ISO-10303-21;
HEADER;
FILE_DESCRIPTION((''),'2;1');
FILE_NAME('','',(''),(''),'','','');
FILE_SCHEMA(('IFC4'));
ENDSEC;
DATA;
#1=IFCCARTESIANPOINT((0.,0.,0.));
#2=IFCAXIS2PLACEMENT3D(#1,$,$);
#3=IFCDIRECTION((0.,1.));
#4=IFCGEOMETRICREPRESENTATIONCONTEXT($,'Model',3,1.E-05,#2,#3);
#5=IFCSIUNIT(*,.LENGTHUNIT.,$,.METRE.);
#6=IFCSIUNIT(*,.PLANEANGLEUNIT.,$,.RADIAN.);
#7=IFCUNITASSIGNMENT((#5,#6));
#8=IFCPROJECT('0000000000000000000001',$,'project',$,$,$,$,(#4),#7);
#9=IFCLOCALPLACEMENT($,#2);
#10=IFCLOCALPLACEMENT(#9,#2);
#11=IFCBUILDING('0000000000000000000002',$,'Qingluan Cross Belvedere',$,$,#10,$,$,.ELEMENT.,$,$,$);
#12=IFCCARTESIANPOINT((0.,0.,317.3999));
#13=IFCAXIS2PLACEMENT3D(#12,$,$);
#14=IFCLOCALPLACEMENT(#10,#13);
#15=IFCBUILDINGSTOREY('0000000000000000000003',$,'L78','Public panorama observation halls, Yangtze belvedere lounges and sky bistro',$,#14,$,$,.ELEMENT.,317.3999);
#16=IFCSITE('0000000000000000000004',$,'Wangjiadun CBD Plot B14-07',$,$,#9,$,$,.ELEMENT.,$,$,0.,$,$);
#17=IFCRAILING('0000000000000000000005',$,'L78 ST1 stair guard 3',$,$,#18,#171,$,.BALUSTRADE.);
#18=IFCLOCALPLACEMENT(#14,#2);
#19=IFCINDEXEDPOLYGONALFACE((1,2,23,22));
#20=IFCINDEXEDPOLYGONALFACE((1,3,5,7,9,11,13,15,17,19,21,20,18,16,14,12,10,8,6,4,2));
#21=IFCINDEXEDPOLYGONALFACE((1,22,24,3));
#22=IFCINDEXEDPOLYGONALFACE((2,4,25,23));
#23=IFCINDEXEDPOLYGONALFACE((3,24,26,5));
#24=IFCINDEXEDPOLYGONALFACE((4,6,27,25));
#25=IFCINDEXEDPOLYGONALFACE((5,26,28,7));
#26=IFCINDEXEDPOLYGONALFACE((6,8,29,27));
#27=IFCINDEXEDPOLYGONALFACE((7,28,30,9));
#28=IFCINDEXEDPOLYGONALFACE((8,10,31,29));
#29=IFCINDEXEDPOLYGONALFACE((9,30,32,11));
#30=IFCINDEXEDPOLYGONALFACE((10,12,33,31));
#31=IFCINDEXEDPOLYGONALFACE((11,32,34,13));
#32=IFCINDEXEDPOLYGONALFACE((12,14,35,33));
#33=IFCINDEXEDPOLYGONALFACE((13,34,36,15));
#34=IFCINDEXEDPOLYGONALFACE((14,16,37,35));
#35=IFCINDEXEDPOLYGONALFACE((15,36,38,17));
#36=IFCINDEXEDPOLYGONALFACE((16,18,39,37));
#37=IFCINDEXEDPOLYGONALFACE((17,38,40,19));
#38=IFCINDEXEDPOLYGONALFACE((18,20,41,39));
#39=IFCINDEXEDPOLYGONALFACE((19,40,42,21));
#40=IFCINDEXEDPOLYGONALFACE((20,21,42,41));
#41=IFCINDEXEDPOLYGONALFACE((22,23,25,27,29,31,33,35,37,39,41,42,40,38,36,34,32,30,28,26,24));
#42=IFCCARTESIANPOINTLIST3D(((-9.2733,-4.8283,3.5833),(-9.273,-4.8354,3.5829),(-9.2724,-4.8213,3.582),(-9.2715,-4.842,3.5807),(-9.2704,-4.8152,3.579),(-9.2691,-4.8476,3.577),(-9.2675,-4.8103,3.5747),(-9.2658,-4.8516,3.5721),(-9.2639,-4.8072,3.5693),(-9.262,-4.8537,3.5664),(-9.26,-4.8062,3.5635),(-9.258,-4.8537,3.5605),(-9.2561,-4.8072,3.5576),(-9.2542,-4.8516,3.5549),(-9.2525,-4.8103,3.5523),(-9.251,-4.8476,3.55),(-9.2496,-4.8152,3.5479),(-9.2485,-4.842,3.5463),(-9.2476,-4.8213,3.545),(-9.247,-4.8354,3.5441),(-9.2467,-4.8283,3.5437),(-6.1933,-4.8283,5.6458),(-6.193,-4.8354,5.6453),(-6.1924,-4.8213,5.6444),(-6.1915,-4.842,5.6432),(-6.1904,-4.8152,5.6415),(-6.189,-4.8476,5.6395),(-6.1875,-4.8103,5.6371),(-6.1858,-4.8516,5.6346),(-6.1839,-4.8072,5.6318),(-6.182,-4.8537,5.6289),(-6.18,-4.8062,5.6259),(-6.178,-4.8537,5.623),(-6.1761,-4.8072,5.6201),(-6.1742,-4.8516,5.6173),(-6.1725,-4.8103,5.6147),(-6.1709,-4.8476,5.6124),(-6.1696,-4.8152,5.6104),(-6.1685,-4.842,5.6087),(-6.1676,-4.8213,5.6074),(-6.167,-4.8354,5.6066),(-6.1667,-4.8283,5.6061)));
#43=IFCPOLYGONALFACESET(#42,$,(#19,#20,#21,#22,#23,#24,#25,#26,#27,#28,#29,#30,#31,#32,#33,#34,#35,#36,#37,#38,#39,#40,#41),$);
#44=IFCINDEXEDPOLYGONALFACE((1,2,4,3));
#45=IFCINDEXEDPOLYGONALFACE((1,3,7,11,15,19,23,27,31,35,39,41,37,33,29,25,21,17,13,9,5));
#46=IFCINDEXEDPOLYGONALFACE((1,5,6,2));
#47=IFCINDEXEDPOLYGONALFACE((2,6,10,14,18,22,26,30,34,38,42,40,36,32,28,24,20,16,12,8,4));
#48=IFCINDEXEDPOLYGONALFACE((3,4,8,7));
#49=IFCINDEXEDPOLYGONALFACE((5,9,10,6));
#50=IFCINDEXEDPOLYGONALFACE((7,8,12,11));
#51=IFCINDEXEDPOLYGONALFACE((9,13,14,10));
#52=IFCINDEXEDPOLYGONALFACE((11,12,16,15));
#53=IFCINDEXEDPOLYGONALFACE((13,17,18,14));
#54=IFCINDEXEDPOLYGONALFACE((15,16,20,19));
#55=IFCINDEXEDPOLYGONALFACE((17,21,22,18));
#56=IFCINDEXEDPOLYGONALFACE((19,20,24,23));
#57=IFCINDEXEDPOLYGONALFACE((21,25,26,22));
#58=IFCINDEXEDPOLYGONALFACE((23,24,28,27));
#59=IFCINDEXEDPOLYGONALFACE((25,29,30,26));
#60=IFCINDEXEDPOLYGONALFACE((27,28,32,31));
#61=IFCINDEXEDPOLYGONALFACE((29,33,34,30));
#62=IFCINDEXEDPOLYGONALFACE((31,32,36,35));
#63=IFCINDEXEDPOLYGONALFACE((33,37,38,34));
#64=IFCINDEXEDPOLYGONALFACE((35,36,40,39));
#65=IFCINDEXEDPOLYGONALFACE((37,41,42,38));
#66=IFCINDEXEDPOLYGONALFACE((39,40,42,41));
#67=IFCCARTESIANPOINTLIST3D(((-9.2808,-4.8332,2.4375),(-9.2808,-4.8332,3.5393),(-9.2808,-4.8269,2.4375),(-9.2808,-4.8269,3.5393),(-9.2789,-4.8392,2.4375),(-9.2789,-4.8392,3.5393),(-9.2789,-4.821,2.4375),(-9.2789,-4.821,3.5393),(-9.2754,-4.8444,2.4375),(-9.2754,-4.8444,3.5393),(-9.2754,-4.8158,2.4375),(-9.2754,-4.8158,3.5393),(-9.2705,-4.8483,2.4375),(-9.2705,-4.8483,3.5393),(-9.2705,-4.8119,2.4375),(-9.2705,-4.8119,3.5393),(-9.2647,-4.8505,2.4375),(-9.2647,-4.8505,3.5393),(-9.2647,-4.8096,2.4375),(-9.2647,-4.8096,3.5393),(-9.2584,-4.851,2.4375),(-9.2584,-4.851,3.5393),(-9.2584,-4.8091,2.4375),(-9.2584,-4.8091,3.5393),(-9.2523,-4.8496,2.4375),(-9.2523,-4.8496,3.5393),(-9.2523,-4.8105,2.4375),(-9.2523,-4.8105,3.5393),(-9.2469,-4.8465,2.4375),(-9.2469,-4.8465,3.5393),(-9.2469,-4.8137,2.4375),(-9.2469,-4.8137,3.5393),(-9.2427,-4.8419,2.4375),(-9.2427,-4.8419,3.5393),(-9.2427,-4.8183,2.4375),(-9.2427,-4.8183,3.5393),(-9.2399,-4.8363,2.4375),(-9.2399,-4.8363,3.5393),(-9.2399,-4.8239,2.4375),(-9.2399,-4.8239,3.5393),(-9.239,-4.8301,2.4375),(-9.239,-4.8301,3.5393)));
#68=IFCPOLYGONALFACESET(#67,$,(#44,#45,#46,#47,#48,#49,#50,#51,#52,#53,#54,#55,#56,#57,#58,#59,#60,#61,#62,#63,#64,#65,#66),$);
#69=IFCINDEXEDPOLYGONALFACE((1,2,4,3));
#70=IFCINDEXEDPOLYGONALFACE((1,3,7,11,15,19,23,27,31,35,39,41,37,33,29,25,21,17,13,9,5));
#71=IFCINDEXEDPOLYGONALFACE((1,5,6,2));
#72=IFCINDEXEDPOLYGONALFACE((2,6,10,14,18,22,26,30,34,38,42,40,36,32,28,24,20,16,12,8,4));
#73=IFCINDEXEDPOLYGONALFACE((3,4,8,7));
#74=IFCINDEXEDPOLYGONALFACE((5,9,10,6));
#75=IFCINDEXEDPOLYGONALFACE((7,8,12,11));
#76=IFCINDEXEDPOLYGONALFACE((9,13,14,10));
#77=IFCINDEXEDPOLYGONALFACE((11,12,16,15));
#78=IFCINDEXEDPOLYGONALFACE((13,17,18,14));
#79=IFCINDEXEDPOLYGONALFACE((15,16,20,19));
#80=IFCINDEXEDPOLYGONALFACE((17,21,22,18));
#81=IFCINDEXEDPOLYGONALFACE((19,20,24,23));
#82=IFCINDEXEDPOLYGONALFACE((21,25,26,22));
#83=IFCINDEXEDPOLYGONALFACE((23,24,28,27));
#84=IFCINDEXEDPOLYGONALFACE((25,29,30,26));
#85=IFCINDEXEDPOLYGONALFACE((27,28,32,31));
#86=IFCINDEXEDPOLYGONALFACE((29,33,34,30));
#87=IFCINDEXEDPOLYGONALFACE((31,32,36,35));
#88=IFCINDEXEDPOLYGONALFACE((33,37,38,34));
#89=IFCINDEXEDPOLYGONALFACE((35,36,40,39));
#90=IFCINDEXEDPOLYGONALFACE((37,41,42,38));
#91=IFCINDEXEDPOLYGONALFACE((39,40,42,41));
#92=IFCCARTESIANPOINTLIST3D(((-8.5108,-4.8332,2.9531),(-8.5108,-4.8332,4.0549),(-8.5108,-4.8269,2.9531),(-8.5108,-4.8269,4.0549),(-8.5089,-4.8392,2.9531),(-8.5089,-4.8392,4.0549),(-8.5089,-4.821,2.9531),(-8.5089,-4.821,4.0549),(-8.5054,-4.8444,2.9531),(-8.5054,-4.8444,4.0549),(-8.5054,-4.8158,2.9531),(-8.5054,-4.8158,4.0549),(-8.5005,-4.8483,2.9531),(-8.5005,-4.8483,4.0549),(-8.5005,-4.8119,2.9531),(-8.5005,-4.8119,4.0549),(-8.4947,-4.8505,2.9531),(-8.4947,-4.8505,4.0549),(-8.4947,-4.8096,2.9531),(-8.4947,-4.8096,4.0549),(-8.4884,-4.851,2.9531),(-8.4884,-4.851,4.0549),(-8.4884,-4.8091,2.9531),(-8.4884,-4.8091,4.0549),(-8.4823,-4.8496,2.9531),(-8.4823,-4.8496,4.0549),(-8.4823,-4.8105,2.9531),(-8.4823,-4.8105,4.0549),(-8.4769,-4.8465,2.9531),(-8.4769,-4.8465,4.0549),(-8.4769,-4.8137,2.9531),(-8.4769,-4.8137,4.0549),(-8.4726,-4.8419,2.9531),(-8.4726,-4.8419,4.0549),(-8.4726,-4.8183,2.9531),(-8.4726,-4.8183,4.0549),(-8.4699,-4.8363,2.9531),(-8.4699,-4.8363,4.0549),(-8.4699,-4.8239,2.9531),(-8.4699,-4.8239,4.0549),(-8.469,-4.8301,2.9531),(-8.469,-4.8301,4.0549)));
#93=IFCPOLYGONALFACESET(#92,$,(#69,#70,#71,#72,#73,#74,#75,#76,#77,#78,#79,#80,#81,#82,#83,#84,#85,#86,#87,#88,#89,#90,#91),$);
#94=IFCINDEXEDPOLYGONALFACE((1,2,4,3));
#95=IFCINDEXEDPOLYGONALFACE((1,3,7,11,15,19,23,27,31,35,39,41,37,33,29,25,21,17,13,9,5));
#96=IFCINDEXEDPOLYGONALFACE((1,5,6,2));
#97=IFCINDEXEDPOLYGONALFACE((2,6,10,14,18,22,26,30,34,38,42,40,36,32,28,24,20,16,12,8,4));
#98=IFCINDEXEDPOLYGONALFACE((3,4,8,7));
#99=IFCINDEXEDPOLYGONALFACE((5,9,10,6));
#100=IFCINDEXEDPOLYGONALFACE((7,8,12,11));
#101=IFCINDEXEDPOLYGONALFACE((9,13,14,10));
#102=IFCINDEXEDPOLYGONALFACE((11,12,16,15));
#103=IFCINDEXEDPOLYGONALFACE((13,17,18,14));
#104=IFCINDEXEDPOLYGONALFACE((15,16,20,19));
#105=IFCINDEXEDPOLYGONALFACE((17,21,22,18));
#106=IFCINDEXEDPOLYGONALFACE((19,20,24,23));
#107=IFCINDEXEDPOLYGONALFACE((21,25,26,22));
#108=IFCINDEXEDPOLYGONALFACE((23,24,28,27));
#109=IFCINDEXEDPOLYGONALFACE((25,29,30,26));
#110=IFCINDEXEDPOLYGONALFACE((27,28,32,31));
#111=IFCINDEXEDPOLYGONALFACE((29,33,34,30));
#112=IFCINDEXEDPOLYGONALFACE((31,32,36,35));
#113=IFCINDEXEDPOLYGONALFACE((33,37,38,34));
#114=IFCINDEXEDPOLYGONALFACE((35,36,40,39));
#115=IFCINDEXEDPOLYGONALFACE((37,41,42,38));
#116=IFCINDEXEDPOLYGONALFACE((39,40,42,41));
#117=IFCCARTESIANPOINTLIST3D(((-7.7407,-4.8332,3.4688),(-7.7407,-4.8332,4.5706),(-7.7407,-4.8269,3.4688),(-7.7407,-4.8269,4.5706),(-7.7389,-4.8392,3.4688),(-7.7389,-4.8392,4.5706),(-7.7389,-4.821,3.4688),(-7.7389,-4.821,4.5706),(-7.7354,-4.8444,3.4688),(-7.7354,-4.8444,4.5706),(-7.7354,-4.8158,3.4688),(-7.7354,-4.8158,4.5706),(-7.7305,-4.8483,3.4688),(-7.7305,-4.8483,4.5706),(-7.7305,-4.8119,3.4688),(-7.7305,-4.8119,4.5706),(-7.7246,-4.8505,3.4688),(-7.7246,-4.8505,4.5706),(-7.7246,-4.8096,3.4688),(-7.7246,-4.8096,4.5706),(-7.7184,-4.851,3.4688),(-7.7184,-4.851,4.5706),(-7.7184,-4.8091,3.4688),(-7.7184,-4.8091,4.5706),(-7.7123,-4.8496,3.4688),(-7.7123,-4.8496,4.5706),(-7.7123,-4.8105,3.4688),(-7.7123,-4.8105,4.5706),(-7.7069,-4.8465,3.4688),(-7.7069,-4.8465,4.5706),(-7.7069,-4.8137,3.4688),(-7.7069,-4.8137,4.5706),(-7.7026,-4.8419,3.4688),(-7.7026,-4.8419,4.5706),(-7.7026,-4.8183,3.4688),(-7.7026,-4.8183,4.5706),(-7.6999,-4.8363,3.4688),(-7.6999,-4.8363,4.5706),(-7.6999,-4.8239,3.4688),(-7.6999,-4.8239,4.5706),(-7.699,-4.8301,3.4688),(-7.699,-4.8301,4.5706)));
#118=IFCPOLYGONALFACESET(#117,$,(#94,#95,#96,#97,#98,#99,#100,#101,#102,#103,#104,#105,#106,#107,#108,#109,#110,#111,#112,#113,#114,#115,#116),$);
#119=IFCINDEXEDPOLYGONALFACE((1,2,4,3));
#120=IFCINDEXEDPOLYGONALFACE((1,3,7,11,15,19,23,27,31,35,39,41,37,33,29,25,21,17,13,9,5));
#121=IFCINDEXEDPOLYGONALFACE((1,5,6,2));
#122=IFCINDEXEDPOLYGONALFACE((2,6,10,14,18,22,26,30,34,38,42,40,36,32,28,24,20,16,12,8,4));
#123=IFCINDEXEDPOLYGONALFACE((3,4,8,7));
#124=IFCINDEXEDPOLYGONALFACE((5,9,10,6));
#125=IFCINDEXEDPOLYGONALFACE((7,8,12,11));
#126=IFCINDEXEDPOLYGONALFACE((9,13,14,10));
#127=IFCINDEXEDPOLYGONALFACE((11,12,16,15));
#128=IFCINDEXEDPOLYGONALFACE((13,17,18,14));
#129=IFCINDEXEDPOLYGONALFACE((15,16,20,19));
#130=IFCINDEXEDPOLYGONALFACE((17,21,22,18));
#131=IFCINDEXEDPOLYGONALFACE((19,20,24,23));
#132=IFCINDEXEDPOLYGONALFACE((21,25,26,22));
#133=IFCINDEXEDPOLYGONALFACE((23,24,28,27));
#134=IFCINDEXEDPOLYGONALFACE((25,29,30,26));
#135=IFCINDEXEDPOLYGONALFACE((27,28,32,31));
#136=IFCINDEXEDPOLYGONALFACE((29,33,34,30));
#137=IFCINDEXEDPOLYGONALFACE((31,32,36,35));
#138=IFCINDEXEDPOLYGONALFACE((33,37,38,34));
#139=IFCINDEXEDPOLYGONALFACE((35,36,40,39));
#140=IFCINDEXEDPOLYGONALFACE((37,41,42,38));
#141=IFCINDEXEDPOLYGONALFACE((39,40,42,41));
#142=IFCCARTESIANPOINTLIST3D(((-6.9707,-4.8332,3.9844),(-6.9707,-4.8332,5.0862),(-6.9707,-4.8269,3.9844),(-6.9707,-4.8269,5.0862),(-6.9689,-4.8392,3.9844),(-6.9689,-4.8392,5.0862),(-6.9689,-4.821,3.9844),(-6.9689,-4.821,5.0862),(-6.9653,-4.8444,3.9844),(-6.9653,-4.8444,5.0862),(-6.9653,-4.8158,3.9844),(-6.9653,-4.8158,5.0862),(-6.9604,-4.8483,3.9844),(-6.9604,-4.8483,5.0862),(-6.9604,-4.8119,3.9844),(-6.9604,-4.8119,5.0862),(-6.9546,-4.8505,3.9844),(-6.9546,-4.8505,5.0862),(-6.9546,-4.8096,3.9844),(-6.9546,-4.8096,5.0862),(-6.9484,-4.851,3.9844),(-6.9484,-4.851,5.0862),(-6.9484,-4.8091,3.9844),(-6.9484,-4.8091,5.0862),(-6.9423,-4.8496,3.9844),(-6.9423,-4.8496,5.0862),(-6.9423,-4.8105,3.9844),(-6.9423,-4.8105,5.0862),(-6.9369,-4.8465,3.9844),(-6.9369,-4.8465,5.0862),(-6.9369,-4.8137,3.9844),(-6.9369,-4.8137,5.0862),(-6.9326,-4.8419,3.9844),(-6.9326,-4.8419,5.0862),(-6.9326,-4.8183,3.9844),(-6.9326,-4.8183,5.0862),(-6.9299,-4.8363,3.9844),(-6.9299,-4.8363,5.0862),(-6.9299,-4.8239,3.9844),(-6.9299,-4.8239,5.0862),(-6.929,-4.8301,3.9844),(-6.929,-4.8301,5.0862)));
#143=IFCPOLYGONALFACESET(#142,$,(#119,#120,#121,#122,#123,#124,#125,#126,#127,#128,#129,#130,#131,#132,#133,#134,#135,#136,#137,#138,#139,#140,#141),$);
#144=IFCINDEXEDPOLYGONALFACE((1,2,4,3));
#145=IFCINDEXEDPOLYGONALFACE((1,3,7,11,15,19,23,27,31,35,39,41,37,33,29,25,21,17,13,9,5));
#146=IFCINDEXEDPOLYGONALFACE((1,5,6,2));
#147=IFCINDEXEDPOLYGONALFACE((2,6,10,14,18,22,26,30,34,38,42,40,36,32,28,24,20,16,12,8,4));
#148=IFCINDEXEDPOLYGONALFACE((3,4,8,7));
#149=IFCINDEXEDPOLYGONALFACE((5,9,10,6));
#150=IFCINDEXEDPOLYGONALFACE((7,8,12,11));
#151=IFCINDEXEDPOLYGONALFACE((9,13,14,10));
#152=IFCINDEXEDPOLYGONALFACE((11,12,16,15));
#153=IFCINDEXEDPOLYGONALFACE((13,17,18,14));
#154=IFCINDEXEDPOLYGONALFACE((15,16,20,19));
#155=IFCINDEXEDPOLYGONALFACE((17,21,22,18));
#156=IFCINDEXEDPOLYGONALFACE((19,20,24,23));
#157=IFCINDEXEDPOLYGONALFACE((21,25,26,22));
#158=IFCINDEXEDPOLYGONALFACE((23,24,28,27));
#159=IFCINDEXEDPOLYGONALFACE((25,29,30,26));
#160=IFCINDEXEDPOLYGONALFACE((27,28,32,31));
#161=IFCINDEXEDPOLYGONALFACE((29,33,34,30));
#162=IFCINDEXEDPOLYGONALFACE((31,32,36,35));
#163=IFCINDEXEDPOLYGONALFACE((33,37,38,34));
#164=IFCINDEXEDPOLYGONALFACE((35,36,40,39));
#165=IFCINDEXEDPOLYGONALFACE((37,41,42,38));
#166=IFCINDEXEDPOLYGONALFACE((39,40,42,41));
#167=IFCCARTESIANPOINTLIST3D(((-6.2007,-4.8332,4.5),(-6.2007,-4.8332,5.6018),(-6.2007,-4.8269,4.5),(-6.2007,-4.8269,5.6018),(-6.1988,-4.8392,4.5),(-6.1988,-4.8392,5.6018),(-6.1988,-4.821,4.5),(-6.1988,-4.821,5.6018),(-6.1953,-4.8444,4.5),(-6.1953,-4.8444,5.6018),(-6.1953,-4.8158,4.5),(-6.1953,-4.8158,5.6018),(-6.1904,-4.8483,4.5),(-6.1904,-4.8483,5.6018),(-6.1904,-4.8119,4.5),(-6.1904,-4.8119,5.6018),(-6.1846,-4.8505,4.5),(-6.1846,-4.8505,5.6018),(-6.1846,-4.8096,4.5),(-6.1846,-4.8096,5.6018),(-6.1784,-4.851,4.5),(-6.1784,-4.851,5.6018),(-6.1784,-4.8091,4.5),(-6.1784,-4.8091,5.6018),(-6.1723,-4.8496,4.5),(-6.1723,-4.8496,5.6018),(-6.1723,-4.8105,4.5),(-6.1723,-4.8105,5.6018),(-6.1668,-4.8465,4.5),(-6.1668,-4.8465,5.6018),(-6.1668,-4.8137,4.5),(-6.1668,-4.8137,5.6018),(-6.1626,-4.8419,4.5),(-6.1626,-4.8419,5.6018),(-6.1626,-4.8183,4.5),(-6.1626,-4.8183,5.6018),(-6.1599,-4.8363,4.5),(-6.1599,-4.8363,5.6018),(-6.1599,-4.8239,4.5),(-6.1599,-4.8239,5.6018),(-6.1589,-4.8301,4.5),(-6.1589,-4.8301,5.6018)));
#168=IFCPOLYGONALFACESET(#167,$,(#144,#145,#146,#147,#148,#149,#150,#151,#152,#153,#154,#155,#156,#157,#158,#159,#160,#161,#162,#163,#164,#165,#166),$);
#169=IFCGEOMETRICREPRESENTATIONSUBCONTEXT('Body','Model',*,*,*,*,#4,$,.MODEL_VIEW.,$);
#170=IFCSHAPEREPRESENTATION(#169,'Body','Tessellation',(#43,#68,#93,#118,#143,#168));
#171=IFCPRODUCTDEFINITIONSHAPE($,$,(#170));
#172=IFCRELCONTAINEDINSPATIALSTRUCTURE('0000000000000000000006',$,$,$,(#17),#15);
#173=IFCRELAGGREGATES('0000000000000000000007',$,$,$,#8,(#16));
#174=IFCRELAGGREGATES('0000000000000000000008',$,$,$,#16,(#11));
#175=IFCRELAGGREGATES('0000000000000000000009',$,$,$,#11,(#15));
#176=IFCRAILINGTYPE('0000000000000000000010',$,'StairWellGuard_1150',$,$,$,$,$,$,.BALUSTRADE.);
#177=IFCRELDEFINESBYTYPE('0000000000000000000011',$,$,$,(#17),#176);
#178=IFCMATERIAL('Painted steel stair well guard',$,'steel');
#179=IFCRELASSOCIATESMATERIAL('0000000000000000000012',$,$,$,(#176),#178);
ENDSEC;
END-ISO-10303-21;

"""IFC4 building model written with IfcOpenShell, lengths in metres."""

from ifc_helpers import new_model, si_unit, direction, frame, origin, origin_2d, place, context, subcontext, project, spatial, circle, extrude, material, type_object, element, save


model = new_model("IFC4")

# Units and contexts
model_context = context("Model", 3, precision=1e-05, world=origin(), true_north=direction((0.0, 1.0)))
body_context = subcontext(model_context, "Body", "Model", "MODEL_VIEW")
ifc_project = project(units=[si_unit("LENGTHUNIT", "METRE"), si_unit("PLANEANGLEUNIT", "RADIAN")], contexts=[model_context])

# Site, building, storey
site_placement = place(None, origin())
site = spatial("IfcSite", under=ifc_project, at=site_placement, Name="Wangjiadun CBD Plot B14-07", CompositionType="ELEMENT", RefElevation=0.0)
building_placement = place(site_placement, origin())
building = spatial("IfcBuilding", under=site, at=building_placement, Name="Qingluan Cross Belvedere", CompositionType="ELEMENT")
storey_placement = place(building_placement, frame((0.0, 0.0, 317.3999)))
storey = spatial("IfcBuildingStorey", under=building, at=storey_placement, Name="L78", Description="Public panorama observation halls, Yangtze belvedere lounges and sky bistro", CompositionType="ELEMENT", Elevation=317.3999)

# Railing
ifc_material_1 = material(Name="Painted steel stair well guard", Category="steel")
railing_type = type_object("IfcRailingType", Name="StairWellGuard_1150", PredefinedType="BALUSTRADE", material=ifc_material_1)
railing_1_placement = place(storey_placement, frame((-9.26, -4.8301, 2.4375)))
element("IfcRailing", 1, at=railing_1_placement, inside=storey, type_object=railing_type, Name="L78 ST1 stair guard 3", PredefinedType="BALUSTRADE", context=body_context, shape_type="SweptSolid", body=[
    extrude(circle(Radius=0.0239, at=origin_2d()), frame((0.0, 0.0, 1.126), z_axis=(0.830914, 0.0, 0.556401), x_axis=(0.0, 1.0, 0.0)), (0.0, 0.0, 1.0), 3.7068),
    extrude(circle(Radius=0.021, at=origin_2d()), origin(), (0.0, 0.0, 1.0), 1.1018),
    extrude(circle(Radius=0.021, at=origin_2d()), frame((0.77, 0.0, 0.5156)), (0.0, 0.0, 1.0), 1.1018),
    extrude(circle(Radius=0.021, at=origin_2d()), frame((1.54, 0.0, 1.0312)), (0.0, 0.0, 1.0), 1.1018),
    extrude(circle(Radius=0.021, at=origin_2d()), frame((2.3101, 0.0, 1.5469)), (0.0, 0.0, 1.0), 1.1018),
    extrude(circle(Radius=0.021, at=origin_2d()), frame((3.0801, 0.0, 2.0625)), (0.0, 0.0, 1.0), 1.1018),
])

save(model, "model.ifc")
